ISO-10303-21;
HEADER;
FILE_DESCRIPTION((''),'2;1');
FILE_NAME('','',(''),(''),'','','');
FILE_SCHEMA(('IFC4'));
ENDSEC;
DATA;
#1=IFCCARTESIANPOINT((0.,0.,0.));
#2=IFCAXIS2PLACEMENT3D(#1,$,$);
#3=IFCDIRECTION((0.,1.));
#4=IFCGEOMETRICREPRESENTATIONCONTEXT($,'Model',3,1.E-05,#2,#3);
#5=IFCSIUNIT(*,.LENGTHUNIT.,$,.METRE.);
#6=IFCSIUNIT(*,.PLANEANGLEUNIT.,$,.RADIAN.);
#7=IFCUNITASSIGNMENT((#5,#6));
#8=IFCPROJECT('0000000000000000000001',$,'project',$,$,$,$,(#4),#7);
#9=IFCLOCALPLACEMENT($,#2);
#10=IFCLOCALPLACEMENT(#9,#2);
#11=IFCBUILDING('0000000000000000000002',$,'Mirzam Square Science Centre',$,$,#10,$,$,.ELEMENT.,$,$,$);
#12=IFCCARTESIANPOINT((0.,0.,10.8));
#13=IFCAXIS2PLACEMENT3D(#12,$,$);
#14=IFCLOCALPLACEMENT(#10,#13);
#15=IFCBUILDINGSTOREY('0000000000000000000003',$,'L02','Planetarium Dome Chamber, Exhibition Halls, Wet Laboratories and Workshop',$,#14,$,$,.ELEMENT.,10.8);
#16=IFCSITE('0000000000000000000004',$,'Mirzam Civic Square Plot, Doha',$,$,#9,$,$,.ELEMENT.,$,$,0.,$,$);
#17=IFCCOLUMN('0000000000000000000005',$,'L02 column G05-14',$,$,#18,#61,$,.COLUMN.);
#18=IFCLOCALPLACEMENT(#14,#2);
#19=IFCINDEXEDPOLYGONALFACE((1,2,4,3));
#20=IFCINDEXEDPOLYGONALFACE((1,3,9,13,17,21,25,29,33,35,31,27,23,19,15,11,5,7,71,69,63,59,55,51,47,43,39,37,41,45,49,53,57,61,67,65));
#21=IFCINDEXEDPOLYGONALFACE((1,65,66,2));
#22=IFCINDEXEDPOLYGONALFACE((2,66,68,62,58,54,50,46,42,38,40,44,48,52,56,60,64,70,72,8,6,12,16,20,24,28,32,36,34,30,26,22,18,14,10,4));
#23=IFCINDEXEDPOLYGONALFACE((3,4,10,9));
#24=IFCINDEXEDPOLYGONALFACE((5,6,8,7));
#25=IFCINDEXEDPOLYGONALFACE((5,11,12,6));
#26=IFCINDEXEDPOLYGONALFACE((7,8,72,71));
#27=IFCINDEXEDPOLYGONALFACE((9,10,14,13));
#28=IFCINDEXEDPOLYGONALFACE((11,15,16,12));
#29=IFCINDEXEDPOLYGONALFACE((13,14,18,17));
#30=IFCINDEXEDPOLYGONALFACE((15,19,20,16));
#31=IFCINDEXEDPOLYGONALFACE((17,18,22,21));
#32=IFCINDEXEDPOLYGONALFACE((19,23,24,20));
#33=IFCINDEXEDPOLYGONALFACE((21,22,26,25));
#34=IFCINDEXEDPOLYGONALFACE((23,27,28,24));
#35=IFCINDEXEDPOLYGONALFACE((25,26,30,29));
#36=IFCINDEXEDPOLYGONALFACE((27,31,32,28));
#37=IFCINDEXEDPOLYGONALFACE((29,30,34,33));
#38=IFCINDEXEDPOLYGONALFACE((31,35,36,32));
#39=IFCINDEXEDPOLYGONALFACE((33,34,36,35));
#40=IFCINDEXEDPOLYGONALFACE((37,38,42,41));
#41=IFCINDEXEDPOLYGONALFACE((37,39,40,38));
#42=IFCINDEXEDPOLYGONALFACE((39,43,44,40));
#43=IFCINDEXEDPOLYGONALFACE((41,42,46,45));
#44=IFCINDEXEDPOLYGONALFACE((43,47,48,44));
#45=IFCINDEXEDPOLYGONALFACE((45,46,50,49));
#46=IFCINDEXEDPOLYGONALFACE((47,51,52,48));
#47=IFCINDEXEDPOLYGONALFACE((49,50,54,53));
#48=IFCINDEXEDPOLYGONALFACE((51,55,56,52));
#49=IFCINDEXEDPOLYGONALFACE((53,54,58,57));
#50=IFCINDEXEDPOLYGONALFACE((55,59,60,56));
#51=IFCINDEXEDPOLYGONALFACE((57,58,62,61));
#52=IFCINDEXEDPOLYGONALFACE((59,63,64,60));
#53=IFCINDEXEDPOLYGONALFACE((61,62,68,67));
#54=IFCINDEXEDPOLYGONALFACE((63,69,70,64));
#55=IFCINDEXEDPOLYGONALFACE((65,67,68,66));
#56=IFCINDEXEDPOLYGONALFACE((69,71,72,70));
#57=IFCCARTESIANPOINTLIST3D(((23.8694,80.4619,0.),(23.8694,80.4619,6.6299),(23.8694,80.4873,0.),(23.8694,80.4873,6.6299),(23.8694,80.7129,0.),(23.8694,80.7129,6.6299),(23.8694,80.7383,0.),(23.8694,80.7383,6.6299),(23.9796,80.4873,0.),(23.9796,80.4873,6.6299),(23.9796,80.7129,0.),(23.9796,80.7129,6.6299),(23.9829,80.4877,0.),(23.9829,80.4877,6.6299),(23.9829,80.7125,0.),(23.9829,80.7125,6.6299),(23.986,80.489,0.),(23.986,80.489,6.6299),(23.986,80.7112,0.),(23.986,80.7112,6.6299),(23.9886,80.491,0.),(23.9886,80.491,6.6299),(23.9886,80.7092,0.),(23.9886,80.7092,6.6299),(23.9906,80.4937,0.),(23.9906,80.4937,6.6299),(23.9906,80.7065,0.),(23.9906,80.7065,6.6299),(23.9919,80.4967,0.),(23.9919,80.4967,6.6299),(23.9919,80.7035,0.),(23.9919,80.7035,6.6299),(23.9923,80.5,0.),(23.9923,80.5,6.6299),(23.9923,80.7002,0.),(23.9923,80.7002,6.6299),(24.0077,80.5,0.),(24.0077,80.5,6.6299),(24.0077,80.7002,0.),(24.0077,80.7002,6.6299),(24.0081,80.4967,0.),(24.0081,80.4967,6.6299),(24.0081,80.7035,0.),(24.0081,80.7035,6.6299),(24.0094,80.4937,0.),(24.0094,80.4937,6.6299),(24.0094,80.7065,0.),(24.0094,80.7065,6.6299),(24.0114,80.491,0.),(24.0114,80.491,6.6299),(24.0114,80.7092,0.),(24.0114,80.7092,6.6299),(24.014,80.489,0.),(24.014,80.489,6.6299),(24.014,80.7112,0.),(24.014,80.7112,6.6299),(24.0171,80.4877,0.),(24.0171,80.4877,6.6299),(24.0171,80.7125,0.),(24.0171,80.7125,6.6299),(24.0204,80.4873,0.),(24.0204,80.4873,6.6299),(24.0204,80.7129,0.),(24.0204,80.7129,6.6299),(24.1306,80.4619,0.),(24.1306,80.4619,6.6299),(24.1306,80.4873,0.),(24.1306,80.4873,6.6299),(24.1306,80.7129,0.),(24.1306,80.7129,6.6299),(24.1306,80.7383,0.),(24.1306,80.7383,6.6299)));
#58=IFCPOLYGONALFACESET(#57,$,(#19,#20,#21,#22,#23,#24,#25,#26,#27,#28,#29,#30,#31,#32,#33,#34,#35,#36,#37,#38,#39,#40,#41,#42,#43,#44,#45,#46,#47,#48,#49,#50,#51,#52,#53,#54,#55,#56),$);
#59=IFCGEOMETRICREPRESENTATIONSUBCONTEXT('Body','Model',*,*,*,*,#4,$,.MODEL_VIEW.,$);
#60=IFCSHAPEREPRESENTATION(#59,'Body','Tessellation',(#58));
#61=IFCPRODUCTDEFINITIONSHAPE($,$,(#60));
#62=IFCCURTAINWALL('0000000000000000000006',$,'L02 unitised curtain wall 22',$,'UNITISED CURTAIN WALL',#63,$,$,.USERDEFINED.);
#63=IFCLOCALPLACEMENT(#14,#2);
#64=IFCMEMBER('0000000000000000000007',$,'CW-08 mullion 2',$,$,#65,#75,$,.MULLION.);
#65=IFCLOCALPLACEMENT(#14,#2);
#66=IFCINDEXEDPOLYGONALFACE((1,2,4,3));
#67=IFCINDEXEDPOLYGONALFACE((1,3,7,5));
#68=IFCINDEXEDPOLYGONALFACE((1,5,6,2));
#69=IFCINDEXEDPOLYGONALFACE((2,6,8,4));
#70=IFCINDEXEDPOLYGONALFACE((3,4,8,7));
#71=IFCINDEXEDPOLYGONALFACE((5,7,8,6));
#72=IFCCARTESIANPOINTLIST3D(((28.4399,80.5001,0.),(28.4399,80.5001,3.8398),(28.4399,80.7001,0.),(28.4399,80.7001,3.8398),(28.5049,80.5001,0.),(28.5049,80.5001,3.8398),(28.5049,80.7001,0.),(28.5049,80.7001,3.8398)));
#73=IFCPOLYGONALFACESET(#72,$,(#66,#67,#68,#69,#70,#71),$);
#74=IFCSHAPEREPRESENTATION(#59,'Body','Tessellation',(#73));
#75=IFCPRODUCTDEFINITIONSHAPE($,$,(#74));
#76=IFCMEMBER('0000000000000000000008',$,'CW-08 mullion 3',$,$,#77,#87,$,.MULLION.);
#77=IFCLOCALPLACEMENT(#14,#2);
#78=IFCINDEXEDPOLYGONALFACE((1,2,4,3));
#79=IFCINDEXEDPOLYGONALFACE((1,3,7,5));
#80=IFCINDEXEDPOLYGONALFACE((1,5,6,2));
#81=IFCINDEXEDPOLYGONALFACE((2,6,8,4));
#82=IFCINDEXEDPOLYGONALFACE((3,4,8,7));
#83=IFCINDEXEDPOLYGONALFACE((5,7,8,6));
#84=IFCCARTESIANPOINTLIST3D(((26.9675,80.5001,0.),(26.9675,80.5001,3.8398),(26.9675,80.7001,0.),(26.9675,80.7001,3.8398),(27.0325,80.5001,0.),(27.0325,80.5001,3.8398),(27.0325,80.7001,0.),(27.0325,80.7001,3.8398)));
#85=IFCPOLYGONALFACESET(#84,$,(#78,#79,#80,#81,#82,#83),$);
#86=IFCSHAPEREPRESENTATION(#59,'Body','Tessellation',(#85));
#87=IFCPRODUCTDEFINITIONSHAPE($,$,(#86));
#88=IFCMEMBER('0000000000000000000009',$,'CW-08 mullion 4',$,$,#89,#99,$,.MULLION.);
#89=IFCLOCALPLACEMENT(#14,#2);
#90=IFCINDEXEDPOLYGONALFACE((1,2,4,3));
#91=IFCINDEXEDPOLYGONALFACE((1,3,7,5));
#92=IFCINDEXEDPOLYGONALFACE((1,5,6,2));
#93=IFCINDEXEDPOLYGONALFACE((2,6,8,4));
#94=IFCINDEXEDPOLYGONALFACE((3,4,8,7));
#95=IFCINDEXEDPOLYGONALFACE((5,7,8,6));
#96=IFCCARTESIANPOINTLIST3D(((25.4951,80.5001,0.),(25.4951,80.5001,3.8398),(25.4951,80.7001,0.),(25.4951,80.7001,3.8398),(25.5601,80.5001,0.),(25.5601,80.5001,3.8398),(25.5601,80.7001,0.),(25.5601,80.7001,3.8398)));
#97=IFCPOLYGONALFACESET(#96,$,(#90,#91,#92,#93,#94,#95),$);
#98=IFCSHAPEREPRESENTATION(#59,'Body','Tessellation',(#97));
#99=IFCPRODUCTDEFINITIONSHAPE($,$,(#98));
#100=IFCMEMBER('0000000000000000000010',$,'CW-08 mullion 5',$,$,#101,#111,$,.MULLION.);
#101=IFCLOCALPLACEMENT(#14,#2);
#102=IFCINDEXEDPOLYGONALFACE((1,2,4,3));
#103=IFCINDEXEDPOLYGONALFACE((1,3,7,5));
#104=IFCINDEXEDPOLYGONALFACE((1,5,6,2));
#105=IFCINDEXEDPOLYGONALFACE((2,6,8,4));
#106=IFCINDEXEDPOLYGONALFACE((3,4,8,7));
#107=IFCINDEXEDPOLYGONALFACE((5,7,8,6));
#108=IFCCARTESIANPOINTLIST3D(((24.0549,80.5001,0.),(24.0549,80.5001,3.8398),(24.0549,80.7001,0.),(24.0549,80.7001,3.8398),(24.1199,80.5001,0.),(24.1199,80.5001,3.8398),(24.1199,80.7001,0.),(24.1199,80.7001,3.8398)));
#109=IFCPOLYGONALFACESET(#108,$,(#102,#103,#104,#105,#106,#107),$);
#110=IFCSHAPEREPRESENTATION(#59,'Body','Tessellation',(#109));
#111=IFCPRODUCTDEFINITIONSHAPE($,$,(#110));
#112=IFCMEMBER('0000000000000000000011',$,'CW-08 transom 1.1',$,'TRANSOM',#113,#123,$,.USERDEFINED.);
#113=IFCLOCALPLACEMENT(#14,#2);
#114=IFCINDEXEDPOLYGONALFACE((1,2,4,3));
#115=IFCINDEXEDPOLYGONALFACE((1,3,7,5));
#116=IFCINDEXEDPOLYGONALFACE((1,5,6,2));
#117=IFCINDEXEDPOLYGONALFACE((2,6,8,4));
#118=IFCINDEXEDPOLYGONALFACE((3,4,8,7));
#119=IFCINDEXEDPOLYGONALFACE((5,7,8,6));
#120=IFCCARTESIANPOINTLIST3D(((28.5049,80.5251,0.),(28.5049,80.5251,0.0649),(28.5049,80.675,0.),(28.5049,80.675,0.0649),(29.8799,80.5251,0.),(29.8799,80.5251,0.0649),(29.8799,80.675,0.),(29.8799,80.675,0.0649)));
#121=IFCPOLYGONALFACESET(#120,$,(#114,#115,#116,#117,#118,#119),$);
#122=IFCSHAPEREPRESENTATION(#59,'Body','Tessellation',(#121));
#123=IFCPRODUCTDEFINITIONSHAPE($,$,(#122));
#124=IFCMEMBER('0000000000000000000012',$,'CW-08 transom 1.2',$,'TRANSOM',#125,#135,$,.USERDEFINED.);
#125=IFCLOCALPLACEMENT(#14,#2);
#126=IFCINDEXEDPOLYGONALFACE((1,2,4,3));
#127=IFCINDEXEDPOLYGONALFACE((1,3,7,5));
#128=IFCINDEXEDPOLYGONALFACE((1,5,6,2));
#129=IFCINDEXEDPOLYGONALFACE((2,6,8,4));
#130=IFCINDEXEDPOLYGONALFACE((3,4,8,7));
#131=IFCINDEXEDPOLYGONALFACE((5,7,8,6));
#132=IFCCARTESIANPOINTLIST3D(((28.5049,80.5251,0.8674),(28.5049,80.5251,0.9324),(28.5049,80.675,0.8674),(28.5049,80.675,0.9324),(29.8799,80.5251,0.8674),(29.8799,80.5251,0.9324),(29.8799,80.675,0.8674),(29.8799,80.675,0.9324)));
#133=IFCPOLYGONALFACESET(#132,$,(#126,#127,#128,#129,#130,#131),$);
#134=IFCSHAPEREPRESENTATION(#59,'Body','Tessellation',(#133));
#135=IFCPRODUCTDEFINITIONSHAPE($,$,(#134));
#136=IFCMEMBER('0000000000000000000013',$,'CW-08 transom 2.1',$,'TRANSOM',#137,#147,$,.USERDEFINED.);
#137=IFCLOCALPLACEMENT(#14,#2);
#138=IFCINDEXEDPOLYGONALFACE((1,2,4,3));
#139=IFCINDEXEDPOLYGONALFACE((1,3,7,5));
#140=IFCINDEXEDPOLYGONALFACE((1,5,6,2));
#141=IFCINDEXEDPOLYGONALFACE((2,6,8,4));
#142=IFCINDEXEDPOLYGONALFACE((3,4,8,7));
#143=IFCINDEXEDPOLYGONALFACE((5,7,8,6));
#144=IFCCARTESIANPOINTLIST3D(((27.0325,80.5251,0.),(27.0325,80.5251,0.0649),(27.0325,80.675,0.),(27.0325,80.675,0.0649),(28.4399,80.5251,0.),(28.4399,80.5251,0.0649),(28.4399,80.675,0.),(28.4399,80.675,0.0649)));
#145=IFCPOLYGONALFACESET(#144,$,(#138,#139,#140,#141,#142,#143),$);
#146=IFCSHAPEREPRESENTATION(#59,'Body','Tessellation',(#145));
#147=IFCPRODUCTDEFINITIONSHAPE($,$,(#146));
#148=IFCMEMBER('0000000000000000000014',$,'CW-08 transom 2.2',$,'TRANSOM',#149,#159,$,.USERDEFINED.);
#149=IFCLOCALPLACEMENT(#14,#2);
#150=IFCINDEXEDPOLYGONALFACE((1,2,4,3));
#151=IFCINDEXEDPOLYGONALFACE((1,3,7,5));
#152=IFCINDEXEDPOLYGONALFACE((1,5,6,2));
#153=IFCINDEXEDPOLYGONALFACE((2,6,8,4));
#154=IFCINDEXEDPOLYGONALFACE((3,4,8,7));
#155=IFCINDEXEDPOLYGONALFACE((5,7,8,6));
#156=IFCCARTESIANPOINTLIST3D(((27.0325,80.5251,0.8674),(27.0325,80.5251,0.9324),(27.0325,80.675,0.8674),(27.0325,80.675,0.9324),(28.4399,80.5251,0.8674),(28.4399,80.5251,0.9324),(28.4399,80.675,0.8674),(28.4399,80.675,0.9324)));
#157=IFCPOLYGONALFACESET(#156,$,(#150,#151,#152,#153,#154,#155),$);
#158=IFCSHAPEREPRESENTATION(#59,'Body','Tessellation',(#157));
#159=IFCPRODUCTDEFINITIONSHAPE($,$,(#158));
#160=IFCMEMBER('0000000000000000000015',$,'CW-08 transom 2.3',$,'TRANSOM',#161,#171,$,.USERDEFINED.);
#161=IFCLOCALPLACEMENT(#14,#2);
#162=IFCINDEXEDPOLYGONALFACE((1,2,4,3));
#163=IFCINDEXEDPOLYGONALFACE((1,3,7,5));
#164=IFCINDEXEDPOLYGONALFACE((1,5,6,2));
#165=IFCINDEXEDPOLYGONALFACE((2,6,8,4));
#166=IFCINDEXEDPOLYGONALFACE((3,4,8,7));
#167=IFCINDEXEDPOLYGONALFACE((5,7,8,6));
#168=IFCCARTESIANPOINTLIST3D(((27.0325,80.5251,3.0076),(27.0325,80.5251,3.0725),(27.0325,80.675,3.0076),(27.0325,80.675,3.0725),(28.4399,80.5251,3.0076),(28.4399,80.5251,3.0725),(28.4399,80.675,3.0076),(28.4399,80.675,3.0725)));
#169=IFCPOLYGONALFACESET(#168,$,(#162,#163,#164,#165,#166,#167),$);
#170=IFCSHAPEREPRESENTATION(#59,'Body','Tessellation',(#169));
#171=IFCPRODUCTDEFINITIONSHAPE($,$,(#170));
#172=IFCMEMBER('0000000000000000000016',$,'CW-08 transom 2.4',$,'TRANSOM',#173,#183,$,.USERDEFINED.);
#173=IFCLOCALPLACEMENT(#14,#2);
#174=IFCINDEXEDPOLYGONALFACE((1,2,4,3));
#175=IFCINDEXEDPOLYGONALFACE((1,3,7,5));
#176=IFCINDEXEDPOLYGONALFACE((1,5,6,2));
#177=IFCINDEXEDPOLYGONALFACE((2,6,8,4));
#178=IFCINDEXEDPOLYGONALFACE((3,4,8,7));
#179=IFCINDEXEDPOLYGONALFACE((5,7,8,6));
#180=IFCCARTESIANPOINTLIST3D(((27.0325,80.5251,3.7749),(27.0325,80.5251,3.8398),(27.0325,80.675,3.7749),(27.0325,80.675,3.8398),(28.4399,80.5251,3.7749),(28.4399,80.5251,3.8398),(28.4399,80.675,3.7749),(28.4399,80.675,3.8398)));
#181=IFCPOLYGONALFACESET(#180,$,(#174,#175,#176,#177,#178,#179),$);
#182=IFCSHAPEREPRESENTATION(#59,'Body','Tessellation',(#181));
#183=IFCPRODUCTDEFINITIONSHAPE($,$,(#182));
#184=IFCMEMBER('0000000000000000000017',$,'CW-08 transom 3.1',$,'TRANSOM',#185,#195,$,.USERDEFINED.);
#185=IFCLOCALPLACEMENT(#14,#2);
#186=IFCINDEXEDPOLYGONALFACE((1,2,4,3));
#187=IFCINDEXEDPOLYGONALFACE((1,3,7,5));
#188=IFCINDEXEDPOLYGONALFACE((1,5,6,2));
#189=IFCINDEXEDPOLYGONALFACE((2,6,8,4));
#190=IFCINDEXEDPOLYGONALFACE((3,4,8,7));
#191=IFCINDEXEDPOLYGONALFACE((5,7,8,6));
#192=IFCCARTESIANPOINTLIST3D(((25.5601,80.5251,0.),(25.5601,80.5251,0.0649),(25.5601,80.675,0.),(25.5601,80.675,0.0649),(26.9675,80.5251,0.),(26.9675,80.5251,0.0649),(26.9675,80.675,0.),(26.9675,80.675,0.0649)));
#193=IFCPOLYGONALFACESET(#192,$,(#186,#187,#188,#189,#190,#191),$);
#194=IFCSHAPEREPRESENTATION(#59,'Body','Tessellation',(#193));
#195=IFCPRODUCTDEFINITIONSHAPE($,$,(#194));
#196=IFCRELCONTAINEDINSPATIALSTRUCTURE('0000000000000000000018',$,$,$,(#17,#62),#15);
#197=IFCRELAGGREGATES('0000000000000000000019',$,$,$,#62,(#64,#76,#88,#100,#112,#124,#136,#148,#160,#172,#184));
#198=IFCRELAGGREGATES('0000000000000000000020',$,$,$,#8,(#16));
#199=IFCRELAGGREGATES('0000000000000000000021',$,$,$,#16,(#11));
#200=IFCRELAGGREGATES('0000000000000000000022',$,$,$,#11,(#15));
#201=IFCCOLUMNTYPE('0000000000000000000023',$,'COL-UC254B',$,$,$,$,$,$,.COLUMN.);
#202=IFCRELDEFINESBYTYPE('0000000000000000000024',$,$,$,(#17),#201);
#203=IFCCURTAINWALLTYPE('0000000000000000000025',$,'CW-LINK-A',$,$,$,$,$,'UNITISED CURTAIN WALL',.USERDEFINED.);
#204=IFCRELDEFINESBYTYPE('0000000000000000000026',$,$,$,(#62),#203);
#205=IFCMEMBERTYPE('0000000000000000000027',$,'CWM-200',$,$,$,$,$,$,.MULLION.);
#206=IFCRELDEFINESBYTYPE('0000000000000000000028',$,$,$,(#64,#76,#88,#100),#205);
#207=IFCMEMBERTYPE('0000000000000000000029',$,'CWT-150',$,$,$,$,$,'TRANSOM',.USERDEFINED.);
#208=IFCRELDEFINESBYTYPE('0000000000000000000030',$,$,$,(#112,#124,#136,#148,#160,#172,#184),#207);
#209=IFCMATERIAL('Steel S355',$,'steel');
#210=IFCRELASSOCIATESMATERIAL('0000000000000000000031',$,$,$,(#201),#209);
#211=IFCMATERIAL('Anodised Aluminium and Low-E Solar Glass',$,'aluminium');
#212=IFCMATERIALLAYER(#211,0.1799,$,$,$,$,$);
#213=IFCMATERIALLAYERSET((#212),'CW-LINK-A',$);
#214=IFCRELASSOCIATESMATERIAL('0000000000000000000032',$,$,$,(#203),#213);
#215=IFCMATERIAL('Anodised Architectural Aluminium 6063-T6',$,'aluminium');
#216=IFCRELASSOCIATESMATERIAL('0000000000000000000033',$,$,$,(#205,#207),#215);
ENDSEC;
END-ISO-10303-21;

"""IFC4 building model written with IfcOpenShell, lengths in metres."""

from ifc_helpers import new_model, si_unit, direction, frame, origin, origin_2d, place, context, subcontext, project, spatial, rectangle, i_section, extrude, material, layer, layer_set, material_profile, profile_set, type_object, element, aggregate, save


model = new_model("IFC4")

# Units and contexts
model_context = context("Model", 3, precision=1e-05, world=origin(), true_north=direction((0.0, 1.0)))
body_context = subcontext(model_context, "Body", "Model", "MODEL_VIEW")
ifc_project = project(units=[si_unit("LENGTHUNIT", "METRE"), si_unit("PLANEANGLEUNIT", "RADIAN")], contexts=[model_context])

# Site, building, storey
site_placement = place(None, origin())
site = spatial("IfcSite", under=ifc_project, at=site_placement, Name="Mirzam Civic Square Plot, Doha", CompositionType="ELEMENT", RefElevation=0.0)
building_placement = place(site_placement, origin())
building = spatial("IfcBuilding", under=site, at=building_placement, Name="Mirzam Square Science Centre", CompositionType="ELEMENT")
storey_placement = place(building_placement, frame((0.0, 0.0, 10.8)))
storey = spatial("IfcBuildingStorey", under=building, at=storey_placement, Name="L02", Description="Planetarium Dome Chamber, Exhibition Halls, Wet Laboratories and Workshop", CompositionType="ELEMENT", Elevation=10.8)

# Column
ifc_material_1 = material(Name="Steel S355", Category="steel")
ifc_material_profile_1 = material_profile(ifc_material_1, i_section(OverallWidth=0.2612, OverallDepth=0.2764, WebThickness=0.0154, FlangeThickness=0.0254, FilletRadius=0.0127, at=origin_2d()), Name="254x254x132UC")
ifc_profile_set_1 = profile_set([ifc_material_profile_1], Name="Steel S355")
column_type = type_object("IfcColumnType", Name="COL-UC254B", PredefinedType="COLUMN", material=ifc_profile_set_1)
column_placement = place(storey_placement, frame((24.0, 80.6001, 0.0), z_axis=(0.0, 0.0, 1.0), x_axis=(1.0, 0.0, 0.0)))
element("IfcColumn", 1, at=column_placement, inside=storey, type_object=column_type, Name="L02 column G05-14", PredefinedType="COLUMN", context=body_context, shape_type="SweptSolid", body=[
    extrude(i_section(OverallWidth=0.2612, OverallDepth=0.2764, WebThickness=0.0154, FlangeThickness=0.0254, FilletRadius=0.0127, at=origin_2d()), origin(), (0.0, 0.0, 1.0), 6.6299),
])

# Curtain wall, members
ifc_material_2 = material(Name="Anodised Aluminium and Low-E Solar Glass", Category="aluminium")
ifc_layer_1 = layer(ifc_material_2, 0.1799)
ifc_layer_set_1 = layer_set([ifc_layer_1], Name="CW-LINK-A")
curtain_wall_type = type_object("IfcCurtainWallType", Name="CW-LINK-A", ElementType="UNITISED CURTAIN WALL", PredefinedType="USERDEFINED", material=ifc_layer_set_1)
curtain_wall_placement = place(storey_placement, origin())
curtain_wall = element("IfcCurtainWall", 2, at=curtain_wall_placement, inside=storey, type_object=curtain_wall_type, Name="L02 unitised curtain wall 22", ObjectType="UNITISED CURTAIN WALL", PredefinedType="USERDEFINED")
ifc_material_3 = material(Name="Anodised Architectural Aluminium 6063-T6", Category="aluminium")
ifc_material_profile_2 = material_profile(ifc_material_3, rectangle(XDim=0.0649, YDim=0.2, at=origin_2d()), Name="ALU-MULL-200x65x5")
ifc_profile_set_2 = profile_set([ifc_material_profile_2], Name="Anodised Architectural Aluminium 6063-T6")
member_type_1 = type_object("IfcMemberType", Name="CWM-200", PredefinedType="MULLION", material=ifc_profile_set_2)
member_1_placement = place(storey_placement, frame((28.4724, 80.6001, 0.0), z_axis=(0.0, 0.0, 1.0), x_axis=(-1.0, 0.0, 0.0)))
member_1 = element("IfcMember", 3, at=member_1_placement, type_object=member_type_1, Name="CW-08 mullion 2", PredefinedType="MULLION", context=body_context, shape_type="SweptSolid", body=[
    extrude(rectangle(XDim=0.0649, YDim=0.2, at=origin_2d()), origin(), (0.0, 0.0, 1.0), 3.8398),
])
member_2_placement = place(storey_placement, frame((27.0, 80.6001, 0.0), z_axis=(0.0, 0.0, 1.0), x_axis=(-1.0, 0.0, 0.0)))
member_2 = element("IfcMember", 4, at=member_2_placement, type_object=member_type_1, Name="CW-08 mullion 3", PredefinedType="MULLION", context=body_context, shape_type="SweptSolid", body=[
    extrude(rectangle(XDim=0.0649, YDim=0.2, at=origin_2d()), origin(), (0.0, 0.0, 1.0), 3.8398),
])
member_3_placement = place(storey_placement, frame((25.5276, 80.6001, 0.0), z_axis=(0.0, 0.0, 1.0), x_axis=(-1.0, 0.0, 0.0)))
member_3 = element("IfcMember", 5, at=member_3_placement, type_object=member_type_1, Name="CW-08 mullion 4", PredefinedType="MULLION", context=body_context, shape_type="SweptSolid", body=[
    extrude(rectangle(XDim=0.0649, YDim=0.2, at=origin_2d()), origin(), (0.0, 0.0, 1.0), 3.8398),
])
member_4_placement = place(storey_placement, frame((24.0874, 80.6001, 0.0), z_axis=(0.0, 0.0, 1.0), x_axis=(-1.0, 0.0, 0.0)))
member_4 = element("IfcMember", 6, at=member_4_placement, type_object=member_type_1, Name="CW-08 mullion 5", PredefinedType="MULLION", context=body_context, shape_type="SweptSolid", body=[
    extrude(rectangle(XDim=0.0649, YDim=0.2, at=origin_2d()), origin(), (0.0, 0.0, 1.0), 3.8398),
])
ifc_material_profile_3 = material_profile(ifc_material_3, rectangle(XDim=0.1499, YDim=0.0649, at=origin_2d()), Name="ALU-TRAN-150x65x4")
ifc_profile_set_3 = profile_set([ifc_material_profile_3], Name="Anodised Architectural Aluminium 6063-T6")
member_type_2 = type_object("IfcMemberType", Name="CWT-150", ElementType="TRANSOM", PredefinedType="USERDEFINED", material=ifc_profile_set_3)
member_5_placement = place(storey_placement, frame((29.8799, 80.6001, 0.0325), z_axis=(-1.0, 0.0, 0.0), x_axis=(0.0, -1.0, 0.0)))
member_5 = element("IfcMember", 7, at=member_5_placement, type_object=member_type_2, Name="CW-08 transom 1.1", ObjectType="TRANSOM", PredefinedType="USERDEFINED", context=body_context, shape_type="SweptSolid", body=[
    extrude(rectangle(XDim=0.1499, YDim=0.0649, at=origin_2d()), origin(), (0.0, 0.0, 1.0), 1.375),
])
member_6_placement = place(storey_placement, frame((29.8799, 80.6001, 0.8999), z_axis=(-1.0, 0.0, 0.0), x_axis=(0.0, -1.0, 0.0)))
member_6 = element("IfcMember", 8, at=member_6_placement, type_object=member_type_2, Name="CW-08 transom 1.2", ObjectType="TRANSOM", PredefinedType="USERDEFINED", context=body_context, shape_type="SweptSolid", body=[
    extrude(rectangle(XDim=0.1499, YDim=0.0649, at=origin_2d()), origin(), (0.0, 0.0, 1.0), 1.375),
])
member_7_placement = place(storey_placement, frame((28.4399, 80.6001, 0.0325), z_axis=(-1.0, 0.0, 0.0), x_axis=(0.0, -1.0, 0.0)))
member_7 = element("IfcMember", 9, at=member_7_placement, type_object=member_type_2, Name="CW-08 transom 2.1", ObjectType="TRANSOM", PredefinedType="USERDEFINED", context=body_context, shape_type="SweptSolid", body=[
    extrude(rectangle(XDim=0.1499, YDim=0.0649, at=origin_2d()), origin(), (0.0, 0.0, 1.0), 1.4075),
])
member_8_placement = place(storey_placement, frame((28.4399, 80.6001, 0.8999), z_axis=(-1.0, 0.0, 0.0), x_axis=(0.0, -1.0, 0.0)))
member_8 = element("IfcMember", 10, at=member_8_placement, type_object=member_type_2, Name="CW-08 transom 2.2", ObjectType="TRANSOM", PredefinedType="USERDEFINED", context=body_context, shape_type="SweptSolid", body=[
    extrude(rectangle(XDim=0.1499, YDim=0.0649, at=origin_2d()), origin(), (0.0, 0.0, 1.0), 1.4075),
])
member_9_placement = place(storey_placement, frame((28.4399, 80.6001, 3.04), z_axis=(-1.0, 0.0, 0.0), x_axis=(0.0, -1.0, 0.0)))
member_9 = element("IfcMember", 11, at=member_9_placement, type_object=member_type_2, Name="CW-08 transom 2.3", ObjectType="TRANSOM", PredefinedType="USERDEFINED", context=body_context, shape_type="SweptSolid", body=[
    extrude(rectangle(XDim=0.1499, YDim=0.0649, at=origin_2d()), origin(), (0.0, 0.0, 1.0), 1.4075),
])
member_10_placement = place(storey_placement, frame((28.4399, 80.6001, 3.8074), z_axis=(-1.0, 0.0, 0.0), x_axis=(0.0, -1.0, 0.0)))
member_10 = element("IfcMember", 12, at=member_10_placement, type_object=member_type_2, Name="CW-08 transom 2.4", ObjectType="TRANSOM", PredefinedType="USERDEFINED", context=body_context, shape_type="SweptSolid", body=[
    extrude(rectangle(XDim=0.1499, YDim=0.0649, at=origin_2d()), origin(), (0.0, 0.0, 1.0), 1.4075),
])
member_11_placement = place(storey_placement, frame((26.9675, 80.6001, 0.0325), z_axis=(-1.0, 0.0, 0.0), x_axis=(0.0, -1.0, 0.0)))
member_11 = element("IfcMember", 13, at=member_11_placement, type_object=member_type_2, Name="CW-08 transom 3.1", ObjectType="TRANSOM", PredefinedType="USERDEFINED", context=body_context, shape_type="SweptSolid", body=[
    extrude(rectangle(XDim=0.1499, YDim=0.0649, at=origin_2d()), origin(), (0.0, 0.0, 1.0), 1.4075),
])

aggregate(curtain_wall, [member_1, member_2, member_3, member_4, member_5, member_6, member_7, member_8, member_9, member_10, member_11])

save(model, "model.ifc")
